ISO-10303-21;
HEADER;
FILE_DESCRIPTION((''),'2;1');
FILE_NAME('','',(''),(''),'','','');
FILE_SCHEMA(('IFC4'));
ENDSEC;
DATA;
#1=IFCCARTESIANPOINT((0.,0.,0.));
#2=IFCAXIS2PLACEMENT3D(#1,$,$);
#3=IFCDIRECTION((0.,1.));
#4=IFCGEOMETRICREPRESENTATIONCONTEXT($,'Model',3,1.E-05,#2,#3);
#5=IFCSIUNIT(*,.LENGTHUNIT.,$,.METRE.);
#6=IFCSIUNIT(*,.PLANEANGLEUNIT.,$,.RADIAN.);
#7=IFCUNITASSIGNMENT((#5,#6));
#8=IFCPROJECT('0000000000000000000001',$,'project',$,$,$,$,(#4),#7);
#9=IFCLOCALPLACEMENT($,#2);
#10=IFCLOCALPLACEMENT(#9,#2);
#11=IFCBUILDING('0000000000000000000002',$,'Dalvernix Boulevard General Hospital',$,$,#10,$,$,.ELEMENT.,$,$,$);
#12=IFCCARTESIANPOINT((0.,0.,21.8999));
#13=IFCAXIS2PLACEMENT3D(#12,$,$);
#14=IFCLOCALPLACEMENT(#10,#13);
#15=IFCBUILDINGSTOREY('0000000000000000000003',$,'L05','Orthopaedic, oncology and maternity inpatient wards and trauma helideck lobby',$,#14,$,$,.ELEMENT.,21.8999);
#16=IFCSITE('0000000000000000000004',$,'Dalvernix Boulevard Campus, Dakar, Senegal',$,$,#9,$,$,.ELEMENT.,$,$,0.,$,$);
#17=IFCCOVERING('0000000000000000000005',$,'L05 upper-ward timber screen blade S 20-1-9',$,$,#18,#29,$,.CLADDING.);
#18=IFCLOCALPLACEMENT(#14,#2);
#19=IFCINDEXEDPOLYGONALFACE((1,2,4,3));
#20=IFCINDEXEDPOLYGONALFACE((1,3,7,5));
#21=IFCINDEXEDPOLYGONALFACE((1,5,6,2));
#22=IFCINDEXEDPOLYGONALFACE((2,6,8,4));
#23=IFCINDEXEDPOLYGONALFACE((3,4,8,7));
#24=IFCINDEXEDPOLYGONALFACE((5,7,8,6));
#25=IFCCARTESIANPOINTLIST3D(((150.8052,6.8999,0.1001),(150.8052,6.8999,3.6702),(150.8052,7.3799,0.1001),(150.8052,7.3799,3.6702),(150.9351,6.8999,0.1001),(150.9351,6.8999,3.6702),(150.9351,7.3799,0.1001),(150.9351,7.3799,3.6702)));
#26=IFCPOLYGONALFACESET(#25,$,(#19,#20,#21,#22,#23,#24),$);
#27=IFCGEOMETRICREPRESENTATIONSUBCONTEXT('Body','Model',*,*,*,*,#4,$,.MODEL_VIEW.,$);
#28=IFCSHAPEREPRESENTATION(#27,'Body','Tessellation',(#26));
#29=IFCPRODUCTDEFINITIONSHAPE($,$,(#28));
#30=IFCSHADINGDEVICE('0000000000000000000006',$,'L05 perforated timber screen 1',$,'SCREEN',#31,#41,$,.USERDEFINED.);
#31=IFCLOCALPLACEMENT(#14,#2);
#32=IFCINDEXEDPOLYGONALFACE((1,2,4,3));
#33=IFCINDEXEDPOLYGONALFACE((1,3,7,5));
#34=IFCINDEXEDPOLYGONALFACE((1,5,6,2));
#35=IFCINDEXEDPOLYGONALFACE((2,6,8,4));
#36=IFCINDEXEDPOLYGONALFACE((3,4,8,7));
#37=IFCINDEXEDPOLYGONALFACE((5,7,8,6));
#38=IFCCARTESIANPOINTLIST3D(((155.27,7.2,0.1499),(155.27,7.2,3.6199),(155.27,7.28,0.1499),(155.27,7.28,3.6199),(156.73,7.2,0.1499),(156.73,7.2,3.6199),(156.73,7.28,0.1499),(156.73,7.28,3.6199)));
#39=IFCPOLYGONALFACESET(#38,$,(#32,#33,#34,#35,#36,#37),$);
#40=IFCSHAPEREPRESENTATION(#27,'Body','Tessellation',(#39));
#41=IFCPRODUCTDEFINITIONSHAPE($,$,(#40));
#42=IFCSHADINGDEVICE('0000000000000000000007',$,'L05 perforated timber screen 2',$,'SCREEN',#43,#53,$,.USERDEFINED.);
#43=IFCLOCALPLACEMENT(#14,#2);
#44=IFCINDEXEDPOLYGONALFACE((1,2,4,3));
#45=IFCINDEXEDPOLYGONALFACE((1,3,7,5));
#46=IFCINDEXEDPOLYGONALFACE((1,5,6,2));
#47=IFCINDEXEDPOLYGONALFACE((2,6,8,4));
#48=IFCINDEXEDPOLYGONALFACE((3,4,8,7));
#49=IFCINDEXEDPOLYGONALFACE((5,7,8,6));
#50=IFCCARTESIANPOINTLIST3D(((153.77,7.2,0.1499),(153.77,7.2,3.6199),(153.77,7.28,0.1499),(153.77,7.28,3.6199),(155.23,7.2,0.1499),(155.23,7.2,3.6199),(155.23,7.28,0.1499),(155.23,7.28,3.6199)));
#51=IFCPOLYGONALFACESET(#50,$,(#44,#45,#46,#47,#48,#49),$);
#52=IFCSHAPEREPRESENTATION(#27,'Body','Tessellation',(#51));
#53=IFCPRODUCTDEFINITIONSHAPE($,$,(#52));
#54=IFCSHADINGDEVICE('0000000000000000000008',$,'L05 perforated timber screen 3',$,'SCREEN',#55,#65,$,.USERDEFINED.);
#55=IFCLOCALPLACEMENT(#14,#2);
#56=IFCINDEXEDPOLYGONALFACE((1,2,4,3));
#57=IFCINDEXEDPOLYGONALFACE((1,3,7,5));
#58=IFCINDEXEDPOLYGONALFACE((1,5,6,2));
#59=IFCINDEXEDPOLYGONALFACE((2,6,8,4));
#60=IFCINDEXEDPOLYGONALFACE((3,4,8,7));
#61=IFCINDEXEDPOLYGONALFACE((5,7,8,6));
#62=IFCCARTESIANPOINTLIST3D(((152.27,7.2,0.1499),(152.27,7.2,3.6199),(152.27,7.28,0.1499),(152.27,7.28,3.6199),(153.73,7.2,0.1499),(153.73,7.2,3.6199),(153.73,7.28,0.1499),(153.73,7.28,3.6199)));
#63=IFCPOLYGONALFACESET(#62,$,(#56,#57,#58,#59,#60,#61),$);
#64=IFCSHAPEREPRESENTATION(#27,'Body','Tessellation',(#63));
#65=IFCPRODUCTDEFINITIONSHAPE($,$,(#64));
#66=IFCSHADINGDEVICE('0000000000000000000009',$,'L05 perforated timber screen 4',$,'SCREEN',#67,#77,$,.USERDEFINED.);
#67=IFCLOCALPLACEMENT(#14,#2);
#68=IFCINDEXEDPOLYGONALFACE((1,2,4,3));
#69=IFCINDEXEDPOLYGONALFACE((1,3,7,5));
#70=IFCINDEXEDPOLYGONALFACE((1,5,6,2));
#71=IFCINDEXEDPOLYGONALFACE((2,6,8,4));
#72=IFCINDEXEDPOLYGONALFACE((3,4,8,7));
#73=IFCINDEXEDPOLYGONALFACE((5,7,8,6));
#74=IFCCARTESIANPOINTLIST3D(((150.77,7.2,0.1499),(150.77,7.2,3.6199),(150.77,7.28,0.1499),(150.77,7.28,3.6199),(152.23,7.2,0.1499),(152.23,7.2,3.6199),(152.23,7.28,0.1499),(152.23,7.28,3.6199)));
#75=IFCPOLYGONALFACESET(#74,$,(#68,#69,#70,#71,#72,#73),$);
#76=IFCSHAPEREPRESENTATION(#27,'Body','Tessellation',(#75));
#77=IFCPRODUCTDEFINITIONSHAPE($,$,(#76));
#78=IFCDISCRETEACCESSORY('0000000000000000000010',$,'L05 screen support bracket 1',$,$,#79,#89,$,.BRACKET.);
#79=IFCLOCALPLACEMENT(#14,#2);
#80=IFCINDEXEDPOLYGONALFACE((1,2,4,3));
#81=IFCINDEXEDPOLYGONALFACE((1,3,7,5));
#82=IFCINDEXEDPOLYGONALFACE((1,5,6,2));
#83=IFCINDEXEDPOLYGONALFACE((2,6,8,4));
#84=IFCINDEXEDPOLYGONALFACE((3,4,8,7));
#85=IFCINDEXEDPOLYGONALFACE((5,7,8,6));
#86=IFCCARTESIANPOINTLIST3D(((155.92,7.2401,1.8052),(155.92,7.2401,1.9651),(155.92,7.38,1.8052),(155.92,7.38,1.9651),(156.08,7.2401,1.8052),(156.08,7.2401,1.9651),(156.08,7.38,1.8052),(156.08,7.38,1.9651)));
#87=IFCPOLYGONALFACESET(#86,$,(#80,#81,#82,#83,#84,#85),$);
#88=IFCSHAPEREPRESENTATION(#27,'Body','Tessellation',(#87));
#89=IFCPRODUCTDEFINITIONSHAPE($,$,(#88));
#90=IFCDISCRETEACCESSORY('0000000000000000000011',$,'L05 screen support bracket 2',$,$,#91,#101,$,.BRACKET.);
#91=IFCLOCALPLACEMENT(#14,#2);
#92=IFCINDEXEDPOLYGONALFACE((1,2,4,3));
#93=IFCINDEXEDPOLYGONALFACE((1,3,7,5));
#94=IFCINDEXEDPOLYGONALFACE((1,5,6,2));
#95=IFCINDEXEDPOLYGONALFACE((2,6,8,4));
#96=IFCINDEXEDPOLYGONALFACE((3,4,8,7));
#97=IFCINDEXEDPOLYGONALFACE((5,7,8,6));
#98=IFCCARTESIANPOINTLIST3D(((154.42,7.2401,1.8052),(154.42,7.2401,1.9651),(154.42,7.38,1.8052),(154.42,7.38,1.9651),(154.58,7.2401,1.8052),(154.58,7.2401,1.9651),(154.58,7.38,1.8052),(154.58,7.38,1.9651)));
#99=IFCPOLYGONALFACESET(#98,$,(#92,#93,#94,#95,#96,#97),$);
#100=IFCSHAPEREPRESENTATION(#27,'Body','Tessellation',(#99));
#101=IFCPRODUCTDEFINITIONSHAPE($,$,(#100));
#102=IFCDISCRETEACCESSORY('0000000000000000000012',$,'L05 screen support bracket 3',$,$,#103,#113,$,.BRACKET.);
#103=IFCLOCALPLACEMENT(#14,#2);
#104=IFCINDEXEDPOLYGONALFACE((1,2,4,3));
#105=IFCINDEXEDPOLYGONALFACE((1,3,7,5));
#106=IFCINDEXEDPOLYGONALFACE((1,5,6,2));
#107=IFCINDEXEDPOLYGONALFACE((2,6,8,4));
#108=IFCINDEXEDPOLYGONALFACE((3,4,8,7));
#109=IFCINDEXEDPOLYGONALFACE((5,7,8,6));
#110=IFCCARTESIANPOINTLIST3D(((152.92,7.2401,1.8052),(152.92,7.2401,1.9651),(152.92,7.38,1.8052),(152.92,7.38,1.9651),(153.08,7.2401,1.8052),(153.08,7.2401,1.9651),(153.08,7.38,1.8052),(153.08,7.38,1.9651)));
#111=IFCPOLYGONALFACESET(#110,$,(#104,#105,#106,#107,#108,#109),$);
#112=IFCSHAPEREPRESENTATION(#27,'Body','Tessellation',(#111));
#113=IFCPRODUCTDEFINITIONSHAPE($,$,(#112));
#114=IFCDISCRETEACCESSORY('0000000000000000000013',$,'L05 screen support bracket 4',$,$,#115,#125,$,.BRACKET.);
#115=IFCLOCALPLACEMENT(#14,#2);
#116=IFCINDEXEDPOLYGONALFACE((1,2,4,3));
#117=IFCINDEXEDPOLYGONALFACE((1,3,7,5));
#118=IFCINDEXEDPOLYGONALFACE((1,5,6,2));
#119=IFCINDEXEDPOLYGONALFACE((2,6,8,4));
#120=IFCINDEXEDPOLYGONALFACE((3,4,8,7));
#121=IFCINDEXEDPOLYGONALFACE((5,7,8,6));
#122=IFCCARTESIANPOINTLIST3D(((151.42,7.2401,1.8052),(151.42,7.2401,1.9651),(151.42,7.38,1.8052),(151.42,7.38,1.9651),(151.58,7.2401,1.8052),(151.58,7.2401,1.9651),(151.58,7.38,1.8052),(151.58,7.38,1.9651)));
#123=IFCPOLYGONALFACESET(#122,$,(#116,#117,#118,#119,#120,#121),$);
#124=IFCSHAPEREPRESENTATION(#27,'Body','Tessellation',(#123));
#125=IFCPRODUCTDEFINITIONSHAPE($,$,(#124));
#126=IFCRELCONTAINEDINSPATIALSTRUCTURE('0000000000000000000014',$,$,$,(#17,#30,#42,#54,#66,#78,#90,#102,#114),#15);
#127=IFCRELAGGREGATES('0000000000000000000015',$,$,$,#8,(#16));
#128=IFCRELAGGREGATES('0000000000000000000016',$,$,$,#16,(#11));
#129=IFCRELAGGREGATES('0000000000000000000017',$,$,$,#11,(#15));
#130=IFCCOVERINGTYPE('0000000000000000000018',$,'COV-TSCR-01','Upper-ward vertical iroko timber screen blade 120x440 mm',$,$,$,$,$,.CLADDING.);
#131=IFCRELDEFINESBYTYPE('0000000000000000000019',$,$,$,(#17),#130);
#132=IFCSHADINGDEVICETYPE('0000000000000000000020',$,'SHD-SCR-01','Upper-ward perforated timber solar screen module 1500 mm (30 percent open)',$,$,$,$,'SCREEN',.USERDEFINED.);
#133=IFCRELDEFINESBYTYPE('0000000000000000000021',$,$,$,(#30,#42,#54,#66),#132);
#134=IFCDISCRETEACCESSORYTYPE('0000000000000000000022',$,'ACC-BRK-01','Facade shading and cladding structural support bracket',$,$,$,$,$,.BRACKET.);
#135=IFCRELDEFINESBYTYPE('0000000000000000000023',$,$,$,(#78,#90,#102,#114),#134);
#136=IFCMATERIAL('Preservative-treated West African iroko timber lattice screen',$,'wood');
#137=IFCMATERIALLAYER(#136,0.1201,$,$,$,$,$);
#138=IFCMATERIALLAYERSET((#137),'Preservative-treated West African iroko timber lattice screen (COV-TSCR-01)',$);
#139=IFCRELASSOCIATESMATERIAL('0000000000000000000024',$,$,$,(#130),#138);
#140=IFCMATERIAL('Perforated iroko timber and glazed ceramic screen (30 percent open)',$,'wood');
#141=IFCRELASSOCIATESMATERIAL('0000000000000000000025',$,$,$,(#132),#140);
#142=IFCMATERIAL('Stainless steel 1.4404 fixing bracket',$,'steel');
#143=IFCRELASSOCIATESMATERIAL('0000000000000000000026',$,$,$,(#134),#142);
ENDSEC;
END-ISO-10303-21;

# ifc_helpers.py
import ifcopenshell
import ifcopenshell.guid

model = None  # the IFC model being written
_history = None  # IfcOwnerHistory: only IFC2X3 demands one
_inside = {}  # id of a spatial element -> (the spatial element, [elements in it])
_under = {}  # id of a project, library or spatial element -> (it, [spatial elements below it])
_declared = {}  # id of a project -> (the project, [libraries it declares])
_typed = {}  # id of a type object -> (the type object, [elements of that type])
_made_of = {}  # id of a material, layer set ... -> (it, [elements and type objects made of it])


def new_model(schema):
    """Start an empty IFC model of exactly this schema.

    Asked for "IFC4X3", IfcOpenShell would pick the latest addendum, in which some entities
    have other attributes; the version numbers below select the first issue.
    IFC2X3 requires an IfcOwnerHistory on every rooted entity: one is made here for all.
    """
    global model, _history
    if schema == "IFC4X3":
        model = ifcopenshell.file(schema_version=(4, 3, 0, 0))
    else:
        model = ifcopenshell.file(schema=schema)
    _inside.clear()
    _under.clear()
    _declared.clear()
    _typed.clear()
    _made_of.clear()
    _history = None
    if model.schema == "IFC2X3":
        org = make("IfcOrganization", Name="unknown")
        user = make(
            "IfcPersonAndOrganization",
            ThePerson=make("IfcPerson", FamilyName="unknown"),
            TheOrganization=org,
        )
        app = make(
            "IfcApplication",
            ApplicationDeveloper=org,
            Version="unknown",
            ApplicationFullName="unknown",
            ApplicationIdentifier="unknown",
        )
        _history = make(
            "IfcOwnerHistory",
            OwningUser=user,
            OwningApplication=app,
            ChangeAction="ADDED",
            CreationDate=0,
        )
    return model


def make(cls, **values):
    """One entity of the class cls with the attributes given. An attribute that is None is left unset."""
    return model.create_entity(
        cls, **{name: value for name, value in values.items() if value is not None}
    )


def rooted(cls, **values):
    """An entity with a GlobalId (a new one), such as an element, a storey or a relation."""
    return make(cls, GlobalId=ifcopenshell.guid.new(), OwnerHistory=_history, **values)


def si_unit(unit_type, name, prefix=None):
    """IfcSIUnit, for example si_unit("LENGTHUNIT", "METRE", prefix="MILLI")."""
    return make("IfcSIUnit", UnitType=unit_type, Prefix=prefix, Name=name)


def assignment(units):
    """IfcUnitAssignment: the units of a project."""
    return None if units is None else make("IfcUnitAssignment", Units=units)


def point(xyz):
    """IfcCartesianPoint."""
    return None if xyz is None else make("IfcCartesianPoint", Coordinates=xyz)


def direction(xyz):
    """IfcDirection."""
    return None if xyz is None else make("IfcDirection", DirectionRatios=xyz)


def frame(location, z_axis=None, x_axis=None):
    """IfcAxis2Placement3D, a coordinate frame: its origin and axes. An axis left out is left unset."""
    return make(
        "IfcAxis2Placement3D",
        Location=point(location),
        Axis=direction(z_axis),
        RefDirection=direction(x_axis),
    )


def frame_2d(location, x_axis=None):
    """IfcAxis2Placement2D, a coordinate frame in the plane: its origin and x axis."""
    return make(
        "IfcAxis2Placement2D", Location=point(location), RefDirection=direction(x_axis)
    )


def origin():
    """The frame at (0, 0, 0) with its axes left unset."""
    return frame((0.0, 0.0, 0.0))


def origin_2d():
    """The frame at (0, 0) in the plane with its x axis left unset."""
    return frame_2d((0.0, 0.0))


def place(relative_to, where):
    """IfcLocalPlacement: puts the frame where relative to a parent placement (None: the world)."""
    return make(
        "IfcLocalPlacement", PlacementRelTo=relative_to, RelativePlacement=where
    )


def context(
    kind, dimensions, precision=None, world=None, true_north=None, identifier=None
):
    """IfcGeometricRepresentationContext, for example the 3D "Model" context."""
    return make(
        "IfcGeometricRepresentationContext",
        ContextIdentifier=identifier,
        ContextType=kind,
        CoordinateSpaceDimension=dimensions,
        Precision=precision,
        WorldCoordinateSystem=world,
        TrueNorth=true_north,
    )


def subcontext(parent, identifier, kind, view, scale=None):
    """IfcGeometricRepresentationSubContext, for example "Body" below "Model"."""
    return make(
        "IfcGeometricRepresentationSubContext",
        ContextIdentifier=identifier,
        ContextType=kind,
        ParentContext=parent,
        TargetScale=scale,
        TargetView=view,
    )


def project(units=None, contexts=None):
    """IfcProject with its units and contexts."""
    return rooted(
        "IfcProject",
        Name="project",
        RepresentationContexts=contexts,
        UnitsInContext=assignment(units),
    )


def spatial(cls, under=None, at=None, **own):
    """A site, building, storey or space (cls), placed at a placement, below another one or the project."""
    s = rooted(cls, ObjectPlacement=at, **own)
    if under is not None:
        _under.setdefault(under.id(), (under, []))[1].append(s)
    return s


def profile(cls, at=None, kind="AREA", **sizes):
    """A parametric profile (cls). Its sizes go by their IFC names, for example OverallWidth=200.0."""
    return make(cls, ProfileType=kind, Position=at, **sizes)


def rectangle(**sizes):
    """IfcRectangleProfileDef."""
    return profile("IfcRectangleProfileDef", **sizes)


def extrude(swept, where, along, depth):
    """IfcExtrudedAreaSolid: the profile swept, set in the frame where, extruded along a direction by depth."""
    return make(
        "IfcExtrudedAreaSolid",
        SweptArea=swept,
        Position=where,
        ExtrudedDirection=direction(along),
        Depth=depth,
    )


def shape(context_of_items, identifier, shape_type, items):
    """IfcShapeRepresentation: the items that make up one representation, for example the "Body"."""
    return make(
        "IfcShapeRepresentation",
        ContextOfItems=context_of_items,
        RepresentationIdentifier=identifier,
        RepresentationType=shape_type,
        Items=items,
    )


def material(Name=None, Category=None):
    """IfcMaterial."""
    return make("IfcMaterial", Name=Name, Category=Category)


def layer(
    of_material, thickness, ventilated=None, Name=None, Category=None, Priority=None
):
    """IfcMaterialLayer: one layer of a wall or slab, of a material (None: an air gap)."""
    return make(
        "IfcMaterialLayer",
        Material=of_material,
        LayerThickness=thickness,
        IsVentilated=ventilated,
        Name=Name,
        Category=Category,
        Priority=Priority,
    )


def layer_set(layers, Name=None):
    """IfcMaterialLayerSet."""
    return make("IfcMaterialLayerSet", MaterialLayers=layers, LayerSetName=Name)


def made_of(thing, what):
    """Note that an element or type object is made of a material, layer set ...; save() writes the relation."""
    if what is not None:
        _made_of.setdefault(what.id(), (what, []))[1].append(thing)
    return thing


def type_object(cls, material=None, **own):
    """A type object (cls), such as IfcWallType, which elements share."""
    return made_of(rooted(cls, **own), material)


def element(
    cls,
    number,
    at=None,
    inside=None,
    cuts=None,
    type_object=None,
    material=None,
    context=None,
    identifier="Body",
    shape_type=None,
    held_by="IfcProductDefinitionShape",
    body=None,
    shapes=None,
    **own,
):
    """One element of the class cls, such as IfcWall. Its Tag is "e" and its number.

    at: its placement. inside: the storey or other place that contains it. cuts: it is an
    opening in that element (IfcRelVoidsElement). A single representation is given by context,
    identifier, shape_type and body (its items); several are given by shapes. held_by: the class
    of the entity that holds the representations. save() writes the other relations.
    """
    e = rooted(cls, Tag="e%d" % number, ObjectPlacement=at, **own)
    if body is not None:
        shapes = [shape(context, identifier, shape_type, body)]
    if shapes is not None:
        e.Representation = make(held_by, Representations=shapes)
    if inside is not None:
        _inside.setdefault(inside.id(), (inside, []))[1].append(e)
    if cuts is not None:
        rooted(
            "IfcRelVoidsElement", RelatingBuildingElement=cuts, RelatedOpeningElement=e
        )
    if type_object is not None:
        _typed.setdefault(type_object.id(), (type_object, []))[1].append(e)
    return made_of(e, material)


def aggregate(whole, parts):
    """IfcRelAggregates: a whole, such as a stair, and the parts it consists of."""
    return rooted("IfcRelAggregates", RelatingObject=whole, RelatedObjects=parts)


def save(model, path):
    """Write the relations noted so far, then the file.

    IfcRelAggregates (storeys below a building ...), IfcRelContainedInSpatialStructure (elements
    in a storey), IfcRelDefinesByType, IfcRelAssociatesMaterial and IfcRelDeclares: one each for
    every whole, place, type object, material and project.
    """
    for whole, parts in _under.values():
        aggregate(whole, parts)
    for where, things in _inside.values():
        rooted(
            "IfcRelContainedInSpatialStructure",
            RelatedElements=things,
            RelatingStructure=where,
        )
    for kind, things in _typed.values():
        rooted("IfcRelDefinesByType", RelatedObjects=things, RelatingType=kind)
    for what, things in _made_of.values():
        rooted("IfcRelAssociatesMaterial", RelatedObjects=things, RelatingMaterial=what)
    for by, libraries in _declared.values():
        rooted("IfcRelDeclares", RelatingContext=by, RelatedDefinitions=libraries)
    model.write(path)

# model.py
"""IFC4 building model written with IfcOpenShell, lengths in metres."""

from ifc_helpers import new_model, si_unit, direction, frame, origin, origin_2d, place, context, subcontext, project, spatial, rectangle, extrude, material, layer, layer_set, type_object, element, save


model = new_model("IFC4")

# Units and contexts
model_context = context("Model", 3, precision=1e-05, world=origin(), true_north=direction((0.0, 1.0)))
body_context = subcontext(model_context, "Body", "Model", "MODEL_VIEW")
ifc_project = project(units=[si_unit("LENGTHUNIT", "METRE"), si_unit("PLANEANGLEUNIT", "RADIAN")], contexts=[model_context])

# Site, building, storey
site_placement = place(None, origin())
site = spatial("IfcSite", under=ifc_project, at=site_placement, Name="Dalvernix Boulevard Campus, Dakar, Senegal", CompositionType="ELEMENT", RefElevation=0.0)
building_placement = place(site_placement, origin())
building = spatial("IfcBuilding", under=site, at=building_placement, Name="Dalvernix Boulevard General Hospital", CompositionType="ELEMENT")
storey_placement = place(building_placement, frame((0.0, 0.0, 21.8999)))
storey = spatial("IfcBuildingStorey", under=building, at=storey_placement, Name="L05", Description="Orthopaedic, oncology and maternity inpatient wards and trauma helideck lobby", CompositionType="ELEMENT", Elevation=21.8999)

# Covering
ifc_material_1 = material(Name="Preservative-treated West African iroko timber lattice screen", Category="wood")
ifc_layer_1 = layer(ifc_material_1, 0.1201)
ifc_layer_set_1 = layer_set([ifc_layer_1], Name="Preservative-treated West African iroko timber lattice screen (COV-TSCR-01)")
covering_type_1 = type_object("IfcCoveringType", Name="COV-TSCR-01", Description="Upper-ward vertical iroko timber screen blade 120x440 mm", PredefinedType="CLADDING", material=ifc_layer_set_1)
for number, where, z_axis, x_axis, name in (
    (1, (150.8701, 7.1399, 0.1001), (0.0, 0.0, 1.0), (-1.0, 0.0, 0.0), "L05 upper-ward timber screen blade S 20-1-9"),
):
    element("IfcCovering", number, at=place(storey_placement, frame(where, z_axis=z_axis, x_axis=x_axis)), inside=storey, type_object=covering_type_1, Name=name, PredefinedType="CLADDING", context=body_context, shape_type="SweptSolid", body=[
        extrude(rectangle(XDim=0.1299, YDim=0.48, at=origin_2d()), origin(), (0.0, 0.0, 1.0), 3.5701),
    ])

# Shading devices
ifc_material_2 = material(Name="Perforated iroko timber and glazed ceramic screen (30 percent open)", Category="wood")
shading_device_type = type_object("IfcShadingDeviceType", Name="SHD-SCR-01", Description="Upper-ward perforated timber solar screen module 1500 mm (30 percent open)", ElementType="SCREEN", PredefinedType="USERDEFINED", material=ifc_material_2)
for number, where, z_axis, x_axis, name in (
    (2, (156.0, 7.24, 0.1499), (0.0, 0.0, 1.0), (-1.0, 0.0, 0.0), "L05 perforated timber screen 1"),
    (3, (154.5, 7.24, 0.1499), (0.0, 0.0, 1.0), (-1.0, 0.0, 0.0), "L05 perforated timber screen 2"),
    (4, (153.0, 7.24, 0.1499), (0.0, 0.0, 1.0), (-1.0, 0.0, 0.0), "L05 perforated timber screen 3"),
    (5, (151.5, 7.24, 0.1499), (0.0, 0.0, 1.0), (-1.0, 0.0, 0.0), "L05 perforated timber screen 4"),
):
    element("IfcShadingDevice", number, at=place(storey_placement, frame(where, z_axis=z_axis, x_axis=x_axis)), inside=storey, type_object=shading_device_type, Name=name, ObjectType="SCREEN", PredefinedType="USERDEFINED", context=body_context, shape_type="SweptSolid", body=[
        extrude(rectangle(XDim=1.46, YDim=0.0801, at=origin_2d()), origin(), (0.0, 0.0, 1.0), 3.47),
    ])

# Discrete accessories
ifc_material_3 = material(Name="Stainless steel 1.4404 fixing bracket", Category="steel")
discrete_accessory_type = type_object("IfcDiscreteAccessoryType", Name="ACC-BRK-01", Description="Facade shading and cladding structural support bracket", PredefinedType="BRACKET", material=ifc_material_3)
for number, where, z_axis, x_axis, name in (
    (6, (156.0, 7.3101, 1.8052), (0.0, 0.0, 1.0), (-1.0, 0.0, 0.0), "L05 screen support bracket 1"),
    (7, (154.5, 7.3101, 1.8052), (0.0, 0.0, 1.0), (-1.0, 0.0, 0.0), "L05 screen support bracket 2"),
    (8, (153.0, 7.3101, 1.8052), (0.0, 0.0, 1.0), (-1.0, 0.0, 0.0), "L05 screen support bracket 3"),
    (9, (151.5, 7.3101, 1.8052), (0.0, 0.0, 1.0), (-1.0, 0.0, 0.0), "L05 screen support bracket 4"),
):
    element("IfcDiscreteAccessory", number, at=place(storey_placement, frame(where, z_axis=z_axis, x_axis=x_axis)), inside=storey, type_object=discrete_accessory_type, Name=name, PredefinedType="BRACKET", context=body_context, shape_type="SweptSolid", body=[
        extrude(rectangle(XDim=0.1599, YDim=0.1399, at=origin_2d()), origin(), (0.0, 0.0, 1.0), 0.1599),
    ])

save(model, "model.ifc")
